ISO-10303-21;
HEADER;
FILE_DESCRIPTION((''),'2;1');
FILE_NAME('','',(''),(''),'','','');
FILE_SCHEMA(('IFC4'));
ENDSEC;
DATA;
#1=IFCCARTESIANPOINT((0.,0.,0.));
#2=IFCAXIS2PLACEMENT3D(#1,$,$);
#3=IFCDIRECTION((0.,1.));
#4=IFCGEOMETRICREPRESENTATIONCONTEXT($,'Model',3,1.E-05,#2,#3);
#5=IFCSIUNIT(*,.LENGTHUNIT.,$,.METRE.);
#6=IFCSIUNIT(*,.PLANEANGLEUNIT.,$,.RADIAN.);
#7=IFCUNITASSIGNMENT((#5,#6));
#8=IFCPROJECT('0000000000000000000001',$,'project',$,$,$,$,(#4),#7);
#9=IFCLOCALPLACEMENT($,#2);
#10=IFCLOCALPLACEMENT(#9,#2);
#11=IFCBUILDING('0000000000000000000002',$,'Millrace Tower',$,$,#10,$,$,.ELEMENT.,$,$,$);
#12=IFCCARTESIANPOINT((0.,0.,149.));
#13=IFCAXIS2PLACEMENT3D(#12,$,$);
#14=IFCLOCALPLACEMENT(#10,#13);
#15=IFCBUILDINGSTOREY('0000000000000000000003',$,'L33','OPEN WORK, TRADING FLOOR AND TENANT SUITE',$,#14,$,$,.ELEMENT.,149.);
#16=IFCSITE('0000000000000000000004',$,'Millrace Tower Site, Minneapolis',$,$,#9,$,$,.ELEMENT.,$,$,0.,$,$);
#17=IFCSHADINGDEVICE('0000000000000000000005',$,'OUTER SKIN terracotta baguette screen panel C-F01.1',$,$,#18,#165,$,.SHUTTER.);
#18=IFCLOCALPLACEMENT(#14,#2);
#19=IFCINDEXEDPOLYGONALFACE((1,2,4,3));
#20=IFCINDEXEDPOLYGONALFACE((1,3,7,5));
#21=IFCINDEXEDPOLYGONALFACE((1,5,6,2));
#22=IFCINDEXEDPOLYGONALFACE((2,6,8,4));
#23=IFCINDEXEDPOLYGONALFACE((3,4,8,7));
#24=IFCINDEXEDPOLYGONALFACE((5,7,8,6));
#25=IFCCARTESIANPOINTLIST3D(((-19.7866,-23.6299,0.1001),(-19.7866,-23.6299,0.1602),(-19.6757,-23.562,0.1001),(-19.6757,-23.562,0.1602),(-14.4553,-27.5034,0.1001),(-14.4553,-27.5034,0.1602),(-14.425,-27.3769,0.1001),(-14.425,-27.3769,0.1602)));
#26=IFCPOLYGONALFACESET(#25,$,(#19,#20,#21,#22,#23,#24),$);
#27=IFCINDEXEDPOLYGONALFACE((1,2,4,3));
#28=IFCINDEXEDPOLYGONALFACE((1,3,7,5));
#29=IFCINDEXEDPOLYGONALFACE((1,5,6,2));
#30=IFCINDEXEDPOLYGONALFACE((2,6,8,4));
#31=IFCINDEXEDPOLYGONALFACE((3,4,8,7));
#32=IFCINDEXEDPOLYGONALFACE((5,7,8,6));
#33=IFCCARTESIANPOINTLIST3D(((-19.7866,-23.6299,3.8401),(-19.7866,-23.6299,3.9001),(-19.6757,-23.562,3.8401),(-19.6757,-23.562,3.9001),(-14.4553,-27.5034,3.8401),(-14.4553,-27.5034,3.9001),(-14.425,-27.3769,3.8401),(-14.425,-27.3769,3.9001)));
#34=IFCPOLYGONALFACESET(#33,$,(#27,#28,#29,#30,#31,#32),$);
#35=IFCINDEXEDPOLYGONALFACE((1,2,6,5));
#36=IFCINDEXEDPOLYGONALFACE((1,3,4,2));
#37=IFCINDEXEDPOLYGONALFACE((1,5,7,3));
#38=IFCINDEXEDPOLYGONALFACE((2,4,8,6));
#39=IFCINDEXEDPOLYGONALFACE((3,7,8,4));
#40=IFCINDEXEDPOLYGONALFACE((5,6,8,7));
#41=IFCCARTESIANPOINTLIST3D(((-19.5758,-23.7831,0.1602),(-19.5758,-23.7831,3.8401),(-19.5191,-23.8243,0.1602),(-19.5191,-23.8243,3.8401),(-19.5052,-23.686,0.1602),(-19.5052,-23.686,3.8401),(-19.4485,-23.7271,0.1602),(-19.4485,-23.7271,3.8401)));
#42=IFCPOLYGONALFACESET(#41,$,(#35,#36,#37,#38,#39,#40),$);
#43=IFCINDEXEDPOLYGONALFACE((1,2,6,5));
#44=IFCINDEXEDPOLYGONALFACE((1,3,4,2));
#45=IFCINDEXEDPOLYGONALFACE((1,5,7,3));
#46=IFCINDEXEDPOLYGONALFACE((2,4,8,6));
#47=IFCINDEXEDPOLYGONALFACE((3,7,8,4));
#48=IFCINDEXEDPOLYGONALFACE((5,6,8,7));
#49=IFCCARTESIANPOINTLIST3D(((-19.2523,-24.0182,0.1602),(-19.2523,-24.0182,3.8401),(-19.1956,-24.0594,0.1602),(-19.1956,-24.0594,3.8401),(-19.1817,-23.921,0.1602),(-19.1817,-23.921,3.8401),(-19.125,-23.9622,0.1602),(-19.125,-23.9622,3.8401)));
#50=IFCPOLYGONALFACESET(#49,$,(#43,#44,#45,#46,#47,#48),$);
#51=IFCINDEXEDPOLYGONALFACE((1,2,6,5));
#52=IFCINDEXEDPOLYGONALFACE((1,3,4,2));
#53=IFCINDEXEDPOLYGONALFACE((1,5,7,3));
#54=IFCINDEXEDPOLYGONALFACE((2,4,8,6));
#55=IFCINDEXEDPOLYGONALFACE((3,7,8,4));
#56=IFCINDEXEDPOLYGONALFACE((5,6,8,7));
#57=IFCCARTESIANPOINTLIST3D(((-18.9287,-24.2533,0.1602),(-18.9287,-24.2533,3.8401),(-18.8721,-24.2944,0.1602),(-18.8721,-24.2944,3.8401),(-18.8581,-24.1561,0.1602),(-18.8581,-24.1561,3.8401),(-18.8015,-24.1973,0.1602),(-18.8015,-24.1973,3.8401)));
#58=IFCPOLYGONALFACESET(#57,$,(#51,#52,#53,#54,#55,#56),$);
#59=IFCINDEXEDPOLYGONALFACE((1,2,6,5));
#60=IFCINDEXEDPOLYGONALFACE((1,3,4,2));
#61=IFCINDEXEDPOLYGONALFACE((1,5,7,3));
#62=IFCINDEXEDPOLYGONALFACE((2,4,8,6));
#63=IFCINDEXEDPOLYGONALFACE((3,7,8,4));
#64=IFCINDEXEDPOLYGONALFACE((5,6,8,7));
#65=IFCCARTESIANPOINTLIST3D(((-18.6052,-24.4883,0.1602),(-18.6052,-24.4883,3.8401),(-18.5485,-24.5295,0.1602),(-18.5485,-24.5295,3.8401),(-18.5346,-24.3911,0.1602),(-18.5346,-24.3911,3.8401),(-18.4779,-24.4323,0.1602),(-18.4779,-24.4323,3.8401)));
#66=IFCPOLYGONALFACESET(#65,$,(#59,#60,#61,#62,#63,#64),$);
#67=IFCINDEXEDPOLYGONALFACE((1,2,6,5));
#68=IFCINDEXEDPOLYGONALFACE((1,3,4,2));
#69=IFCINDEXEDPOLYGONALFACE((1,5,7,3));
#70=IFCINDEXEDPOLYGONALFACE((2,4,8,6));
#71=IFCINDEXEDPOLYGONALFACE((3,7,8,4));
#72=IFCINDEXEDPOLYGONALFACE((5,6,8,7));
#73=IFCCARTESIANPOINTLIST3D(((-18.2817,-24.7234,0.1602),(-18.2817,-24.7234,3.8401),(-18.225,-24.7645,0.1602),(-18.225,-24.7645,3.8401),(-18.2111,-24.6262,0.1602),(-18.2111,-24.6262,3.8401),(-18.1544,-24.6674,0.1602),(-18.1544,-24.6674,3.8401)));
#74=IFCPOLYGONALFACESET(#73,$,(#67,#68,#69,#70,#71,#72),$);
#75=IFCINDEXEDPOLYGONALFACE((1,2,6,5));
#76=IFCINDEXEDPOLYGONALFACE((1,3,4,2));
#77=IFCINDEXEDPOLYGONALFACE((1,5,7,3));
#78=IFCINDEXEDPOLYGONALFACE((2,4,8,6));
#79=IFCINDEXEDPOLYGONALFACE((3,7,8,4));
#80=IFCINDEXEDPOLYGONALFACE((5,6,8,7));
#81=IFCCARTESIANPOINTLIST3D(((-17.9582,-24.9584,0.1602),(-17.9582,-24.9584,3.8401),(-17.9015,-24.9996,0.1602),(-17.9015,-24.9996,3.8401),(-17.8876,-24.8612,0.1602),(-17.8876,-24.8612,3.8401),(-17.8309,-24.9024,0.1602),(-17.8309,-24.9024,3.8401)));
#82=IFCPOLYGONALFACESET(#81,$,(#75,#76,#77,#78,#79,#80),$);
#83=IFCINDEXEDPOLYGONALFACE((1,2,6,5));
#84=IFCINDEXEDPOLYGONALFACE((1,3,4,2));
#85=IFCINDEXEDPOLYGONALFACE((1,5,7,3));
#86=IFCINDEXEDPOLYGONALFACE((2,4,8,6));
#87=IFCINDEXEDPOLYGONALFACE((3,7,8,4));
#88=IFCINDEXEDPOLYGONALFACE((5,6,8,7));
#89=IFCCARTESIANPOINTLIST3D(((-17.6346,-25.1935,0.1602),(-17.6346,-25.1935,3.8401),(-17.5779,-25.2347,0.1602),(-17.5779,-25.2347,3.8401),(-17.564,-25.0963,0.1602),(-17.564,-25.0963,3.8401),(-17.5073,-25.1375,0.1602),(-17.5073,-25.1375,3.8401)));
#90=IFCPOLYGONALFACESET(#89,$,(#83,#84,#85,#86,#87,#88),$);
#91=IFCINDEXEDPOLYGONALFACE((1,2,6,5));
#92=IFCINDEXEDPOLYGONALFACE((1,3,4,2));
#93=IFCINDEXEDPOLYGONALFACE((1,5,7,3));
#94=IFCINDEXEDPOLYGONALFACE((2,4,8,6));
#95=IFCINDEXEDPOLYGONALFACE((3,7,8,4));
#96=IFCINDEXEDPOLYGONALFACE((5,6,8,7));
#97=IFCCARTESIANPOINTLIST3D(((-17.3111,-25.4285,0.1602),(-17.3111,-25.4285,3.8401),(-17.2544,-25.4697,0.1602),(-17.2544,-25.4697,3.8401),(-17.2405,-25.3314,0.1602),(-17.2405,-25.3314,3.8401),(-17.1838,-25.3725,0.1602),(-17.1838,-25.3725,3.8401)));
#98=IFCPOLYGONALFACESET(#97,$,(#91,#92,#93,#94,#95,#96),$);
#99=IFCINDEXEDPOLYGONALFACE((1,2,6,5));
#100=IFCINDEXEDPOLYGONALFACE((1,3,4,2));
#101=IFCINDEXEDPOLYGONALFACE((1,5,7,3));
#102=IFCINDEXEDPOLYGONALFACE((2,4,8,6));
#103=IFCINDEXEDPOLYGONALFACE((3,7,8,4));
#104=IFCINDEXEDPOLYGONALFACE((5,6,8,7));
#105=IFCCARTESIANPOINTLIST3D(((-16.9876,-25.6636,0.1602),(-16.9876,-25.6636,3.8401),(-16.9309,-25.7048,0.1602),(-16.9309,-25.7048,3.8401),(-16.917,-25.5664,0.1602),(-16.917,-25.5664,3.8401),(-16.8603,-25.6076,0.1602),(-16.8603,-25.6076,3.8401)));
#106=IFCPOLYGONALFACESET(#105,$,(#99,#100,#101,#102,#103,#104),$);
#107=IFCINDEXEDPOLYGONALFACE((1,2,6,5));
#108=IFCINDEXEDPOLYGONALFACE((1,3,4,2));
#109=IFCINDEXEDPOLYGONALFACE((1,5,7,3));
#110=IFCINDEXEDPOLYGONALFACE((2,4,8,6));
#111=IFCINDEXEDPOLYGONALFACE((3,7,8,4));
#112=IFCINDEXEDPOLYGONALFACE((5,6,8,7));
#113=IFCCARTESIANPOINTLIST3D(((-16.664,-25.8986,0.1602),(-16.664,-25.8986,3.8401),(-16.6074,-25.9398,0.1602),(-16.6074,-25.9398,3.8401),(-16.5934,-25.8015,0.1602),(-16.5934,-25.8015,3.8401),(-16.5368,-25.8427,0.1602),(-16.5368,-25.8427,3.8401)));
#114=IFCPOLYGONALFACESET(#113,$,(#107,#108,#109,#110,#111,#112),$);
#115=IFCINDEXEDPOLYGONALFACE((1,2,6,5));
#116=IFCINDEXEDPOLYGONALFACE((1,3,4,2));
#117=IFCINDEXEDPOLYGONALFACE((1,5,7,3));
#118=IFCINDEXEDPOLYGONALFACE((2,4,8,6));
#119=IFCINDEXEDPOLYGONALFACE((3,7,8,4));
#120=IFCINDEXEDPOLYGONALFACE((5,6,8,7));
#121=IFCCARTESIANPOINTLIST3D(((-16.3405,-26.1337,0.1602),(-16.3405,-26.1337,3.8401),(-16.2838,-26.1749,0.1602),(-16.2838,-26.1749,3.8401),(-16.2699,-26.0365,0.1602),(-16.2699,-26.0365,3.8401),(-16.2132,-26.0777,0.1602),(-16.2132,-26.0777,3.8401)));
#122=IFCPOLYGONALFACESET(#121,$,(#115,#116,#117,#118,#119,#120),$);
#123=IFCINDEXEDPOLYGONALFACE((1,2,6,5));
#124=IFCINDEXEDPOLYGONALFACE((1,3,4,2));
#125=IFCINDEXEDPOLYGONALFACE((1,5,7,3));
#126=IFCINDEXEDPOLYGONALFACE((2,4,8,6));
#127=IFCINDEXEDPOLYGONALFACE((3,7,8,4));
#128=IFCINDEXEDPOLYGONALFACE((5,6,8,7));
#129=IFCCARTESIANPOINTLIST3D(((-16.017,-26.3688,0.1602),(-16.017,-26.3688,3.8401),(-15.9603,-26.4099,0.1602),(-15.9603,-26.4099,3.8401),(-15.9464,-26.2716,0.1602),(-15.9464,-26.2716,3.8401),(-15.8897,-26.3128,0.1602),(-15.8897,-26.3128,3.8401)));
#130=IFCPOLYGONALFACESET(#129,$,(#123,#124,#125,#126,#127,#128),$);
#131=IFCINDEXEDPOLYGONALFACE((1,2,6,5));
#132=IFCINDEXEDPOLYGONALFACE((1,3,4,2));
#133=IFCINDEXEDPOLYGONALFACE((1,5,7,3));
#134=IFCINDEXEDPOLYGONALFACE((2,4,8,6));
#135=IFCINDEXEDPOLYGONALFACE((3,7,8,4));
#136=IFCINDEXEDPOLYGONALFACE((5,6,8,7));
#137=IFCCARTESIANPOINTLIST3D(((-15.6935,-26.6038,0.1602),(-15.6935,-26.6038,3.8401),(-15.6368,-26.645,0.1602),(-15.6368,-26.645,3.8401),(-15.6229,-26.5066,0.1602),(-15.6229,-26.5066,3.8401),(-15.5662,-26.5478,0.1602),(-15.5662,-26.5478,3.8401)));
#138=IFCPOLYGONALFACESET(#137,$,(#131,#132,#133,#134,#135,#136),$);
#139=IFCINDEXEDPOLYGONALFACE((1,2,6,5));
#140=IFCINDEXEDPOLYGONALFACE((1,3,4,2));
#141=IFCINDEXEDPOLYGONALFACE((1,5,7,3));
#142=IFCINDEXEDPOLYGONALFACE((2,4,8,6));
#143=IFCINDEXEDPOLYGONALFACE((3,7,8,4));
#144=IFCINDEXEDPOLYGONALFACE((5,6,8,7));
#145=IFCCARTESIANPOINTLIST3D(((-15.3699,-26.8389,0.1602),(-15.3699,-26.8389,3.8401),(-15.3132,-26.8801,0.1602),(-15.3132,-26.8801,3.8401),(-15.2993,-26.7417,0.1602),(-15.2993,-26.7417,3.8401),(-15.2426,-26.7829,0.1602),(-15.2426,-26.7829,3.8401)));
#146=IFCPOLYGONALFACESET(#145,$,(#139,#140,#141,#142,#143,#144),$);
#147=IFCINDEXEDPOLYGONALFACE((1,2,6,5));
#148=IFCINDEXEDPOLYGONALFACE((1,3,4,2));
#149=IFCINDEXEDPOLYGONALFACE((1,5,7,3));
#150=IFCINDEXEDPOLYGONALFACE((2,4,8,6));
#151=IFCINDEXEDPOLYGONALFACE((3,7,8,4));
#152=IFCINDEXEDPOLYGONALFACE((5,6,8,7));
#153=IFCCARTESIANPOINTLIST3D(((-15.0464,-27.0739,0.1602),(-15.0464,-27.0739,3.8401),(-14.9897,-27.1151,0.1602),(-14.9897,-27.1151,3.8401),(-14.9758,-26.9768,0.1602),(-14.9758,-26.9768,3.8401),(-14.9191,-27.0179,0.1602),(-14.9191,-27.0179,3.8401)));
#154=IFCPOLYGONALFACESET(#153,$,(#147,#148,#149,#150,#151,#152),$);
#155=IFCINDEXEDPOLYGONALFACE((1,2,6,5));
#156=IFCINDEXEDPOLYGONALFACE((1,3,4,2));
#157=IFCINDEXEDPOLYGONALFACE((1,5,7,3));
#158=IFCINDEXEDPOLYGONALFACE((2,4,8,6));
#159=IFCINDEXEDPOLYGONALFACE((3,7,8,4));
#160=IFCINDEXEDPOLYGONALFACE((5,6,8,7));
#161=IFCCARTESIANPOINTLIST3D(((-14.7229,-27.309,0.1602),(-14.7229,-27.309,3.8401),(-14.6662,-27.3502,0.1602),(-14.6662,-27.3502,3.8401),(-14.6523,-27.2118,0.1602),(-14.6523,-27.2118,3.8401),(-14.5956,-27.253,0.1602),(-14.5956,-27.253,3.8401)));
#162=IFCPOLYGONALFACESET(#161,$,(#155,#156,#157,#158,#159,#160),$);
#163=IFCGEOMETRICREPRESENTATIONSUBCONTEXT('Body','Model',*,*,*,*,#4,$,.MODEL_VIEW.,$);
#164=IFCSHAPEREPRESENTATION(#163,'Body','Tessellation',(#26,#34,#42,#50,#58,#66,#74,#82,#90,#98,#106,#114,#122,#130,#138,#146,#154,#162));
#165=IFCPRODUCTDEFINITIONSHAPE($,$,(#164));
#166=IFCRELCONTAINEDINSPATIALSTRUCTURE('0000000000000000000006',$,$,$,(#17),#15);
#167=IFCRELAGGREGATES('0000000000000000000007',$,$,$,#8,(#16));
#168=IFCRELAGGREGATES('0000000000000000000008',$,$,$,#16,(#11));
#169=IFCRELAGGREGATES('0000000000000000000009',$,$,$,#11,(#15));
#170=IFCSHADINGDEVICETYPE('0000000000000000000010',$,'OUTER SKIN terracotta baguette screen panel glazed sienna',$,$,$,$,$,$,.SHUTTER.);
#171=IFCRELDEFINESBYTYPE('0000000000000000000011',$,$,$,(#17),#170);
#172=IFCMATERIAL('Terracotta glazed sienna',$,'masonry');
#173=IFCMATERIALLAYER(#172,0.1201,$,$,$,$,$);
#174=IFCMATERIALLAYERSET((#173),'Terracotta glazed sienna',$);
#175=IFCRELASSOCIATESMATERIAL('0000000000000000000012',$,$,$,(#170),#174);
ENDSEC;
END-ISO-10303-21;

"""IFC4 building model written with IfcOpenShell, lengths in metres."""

from ifc_helpers import new_model, entity, si_unit, direction, frame, frame_2d, origin, place, context, subcontext, project, spatial, rectangle, extrude, source, transform, mapped, material, layer, layer_set, type_object, element, save


model = new_model("IFC4")

# Units and contexts
model_context = context("Model", 3, precision=1e-05, world=origin(), true_north=direction((0.0, 1.0)))
body_context = subcontext(model_context, "Body", "Model", "MODEL_VIEW")
ifc_project = project(units=[si_unit("LENGTHUNIT", "METRE"), si_unit("PLANEANGLEUNIT", "RADIAN")], contexts=[model_context])

# Site, building, storey
site_placement = place(None, origin())
site = spatial("IfcSite", under=ifc_project, at=site_placement, Name="Millrace Tower Site, Minneapolis", CompositionType="ELEMENT", RefElevation=0.0)
building_placement = place(site_placement, origin())
building = spatial("IfcBuilding", under=site, at=building_placement, Name="Millrace Tower", CompositionType="ELEMENT")
storey_placement = place(building_placement, frame((0.0, 0.0, 149.0)))
storey = spatial("IfcBuildingStorey", under=building, at=storey_placement, Name="L33", Description="OPEN WORK, TRADING FLOOR AND TENANT SUITE", CompositionType="ELEMENT", Elevation=149.0)

# Shading device
ifc_material_1 = material(Name="Terracotta glazed sienna", Category="masonry")
ifc_layer_1 = layer(ifc_material_1, 0.1201)
ifc_layer_set_1 = layer_set([ifc_layer_1], Name="Terracotta glazed sienna")
shading_device_type = type_object("IfcShadingDeviceType", Name="OUTER SKIN terracotta baguette screen panel glazed sienna", PredefinedType="SHUTTER", material=ifc_layer_set_1)
cartesian_point_1 = entity("IfcCartesianPoint", [-3.2451, 0.0601])
shared_polyline_1 = entity("IfcPolyline", [cartesian_point_1, entity("IfcCartesianPoint", [3.2451, 0.0601]), entity("IfcCartesianPoint", [3.2949, -0.0601]), entity("IfcCartesianPoint", [-3.2949, -0.0601]), cartesian_point_1])
shared_shape_1 = source(origin(), body_context, "Body", "SweptSolid", [
    entity("IfcExtrudedAreaSolid", entity("IfcArbitraryClosedProfileDef", "AREA", None, shared_polyline_1), entity("IfcAxis2Placement3D", entity("IfcCartesianPoint", [0.0, 0.0, 0.0])), entity("IfcDirection", [0.0, 0.0, 1.0]), 0.0601),
    entity("IfcExtrudedAreaSolid", entity("IfcArbitraryClosedProfileDef", "AREA", None, shared_polyline_1), entity("IfcAxis2Placement3D", entity("IfcCartesianPoint", [0.0, 0.0, 3.74])), entity("IfcDirection", [0.0, 0.0, 1.0]), 0.0601),
    extrude(rectangle(XDim=0.0701, YDim=0.1201, at=frame_2d((-2.9993, 0.0))), frame((0.0, 0.0, 0.0601)), (0.0, 0.0, 1.0), 3.6799),
    extrude(rectangle(XDim=0.0701, YDim=0.1201, at=frame_2d((-2.5994, 0.0))), frame((0.0, 0.0, 0.0601)), (0.0, 0.0, 1.0), 3.6799),
    extrude(rectangle(XDim=0.0701, YDim=0.1201, at=frame_2d((-2.1995, 0.0))), frame((0.0, 0.0, 0.0601)), (0.0, 0.0, 1.0), 3.6799),
    extrude(rectangle(XDim=0.0701, YDim=0.1201, at=frame_2d((-1.7996, 0.0))), frame((0.0, 0.0, 0.0601)), (0.0, 0.0, 1.0), 3.6799),
    extrude(rectangle(XDim=0.0701, YDim=0.1201, at=frame_2d((-1.3997, 0.0))), frame((0.0, 0.0, 0.0601)), (0.0, 0.0, 1.0), 3.6799),
    extrude(rectangle(XDim=0.0701, YDim=0.1201, at=frame_2d((-0.9998, 0.0))), frame((0.0, 0.0, 0.0601)), (0.0, 0.0, 1.0), 3.6799),
    extrude(rectangle(XDim=0.0701, YDim=0.1201, at=frame_2d((-0.5999, 0.0))), frame((0.0, 0.0, 0.0601)), (0.0, 0.0, 1.0), 3.6799),
    extrude(rectangle(XDim=0.0701, YDim=0.1201, at=frame_2d((-0.2, 0.0))), frame((0.0, 0.0, 0.0601)), (0.0, 0.0, 1.0), 3.6799),
    extrude(rectangle(XDim=0.0701, YDim=0.1201, at=frame_2d((0.2, 0.0))), frame((0.0, 0.0, 0.0601)), (0.0, 0.0, 1.0), 3.6799),
    extrude(rectangle(XDim=0.0701, YDim=0.1201, at=frame_2d((0.5999, 0.0))), frame((0.0, 0.0, 0.0601)), (0.0, 0.0, 1.0), 3.6799),
    extrude(rectangle(XDim=0.0701, YDim=0.1201, at=frame_2d((0.9998, 0.0))), frame((0.0, 0.0, 0.0601)), (0.0, 0.0, 1.0), 3.6799),
    extrude(rectangle(XDim=0.0701, YDim=0.1201, at=frame_2d((1.3997, 0.0))), frame((0.0, 0.0, 0.0601)), (0.0, 0.0, 1.0), 3.6799),
    extrude(rectangle(XDim=0.0701, YDim=0.1201, at=frame_2d((1.7996, 0.0))), frame((0.0, 0.0, 0.0601)), (0.0, 0.0, 1.0), 3.6799),
    extrude(rectangle(XDim=0.0701, YDim=0.1201, at=frame_2d((2.1995, 0.0))), frame((0.0, 0.0, 0.0601)), (0.0, 0.0, 1.0), 3.6799),
    extrude(rectangle(XDim=0.0701, YDim=0.1201, at=frame_2d((2.5994, 0.0))), frame((0.0, 0.0, 0.0601)), (0.0, 0.0, 1.0), 3.6799),
    extrude(rectangle(XDim=0.0701, YDim=0.1201, at=frame_2d((2.9993, 0.0))), frame((0.0, 0.0, 0.0601)), (0.0, 0.0, 1.0), 3.6799),
])
shading_device_1_placement = place(storey_placement, frame((-17.0857, -25.5181, 0.1001), z_axis=(0.0, 0.0, 1.0), x_axis=(0.809017, -0.587785, 0.0)))
element("IfcShadingDevice", 1, at=shading_device_1_placement, inside=storey, type_object=shading_device_type, Name="OUTER SKIN terracotta baguette screen panel C-F01.1", PredefinedType="SHUTTER", context=body_context, shape_type="MappedRepresentation", body=[
    mapped(shared_shape_1, transform((0.0, 0.0, 0.0), scale=1.0)),
])

save(model, "model.ifc")
